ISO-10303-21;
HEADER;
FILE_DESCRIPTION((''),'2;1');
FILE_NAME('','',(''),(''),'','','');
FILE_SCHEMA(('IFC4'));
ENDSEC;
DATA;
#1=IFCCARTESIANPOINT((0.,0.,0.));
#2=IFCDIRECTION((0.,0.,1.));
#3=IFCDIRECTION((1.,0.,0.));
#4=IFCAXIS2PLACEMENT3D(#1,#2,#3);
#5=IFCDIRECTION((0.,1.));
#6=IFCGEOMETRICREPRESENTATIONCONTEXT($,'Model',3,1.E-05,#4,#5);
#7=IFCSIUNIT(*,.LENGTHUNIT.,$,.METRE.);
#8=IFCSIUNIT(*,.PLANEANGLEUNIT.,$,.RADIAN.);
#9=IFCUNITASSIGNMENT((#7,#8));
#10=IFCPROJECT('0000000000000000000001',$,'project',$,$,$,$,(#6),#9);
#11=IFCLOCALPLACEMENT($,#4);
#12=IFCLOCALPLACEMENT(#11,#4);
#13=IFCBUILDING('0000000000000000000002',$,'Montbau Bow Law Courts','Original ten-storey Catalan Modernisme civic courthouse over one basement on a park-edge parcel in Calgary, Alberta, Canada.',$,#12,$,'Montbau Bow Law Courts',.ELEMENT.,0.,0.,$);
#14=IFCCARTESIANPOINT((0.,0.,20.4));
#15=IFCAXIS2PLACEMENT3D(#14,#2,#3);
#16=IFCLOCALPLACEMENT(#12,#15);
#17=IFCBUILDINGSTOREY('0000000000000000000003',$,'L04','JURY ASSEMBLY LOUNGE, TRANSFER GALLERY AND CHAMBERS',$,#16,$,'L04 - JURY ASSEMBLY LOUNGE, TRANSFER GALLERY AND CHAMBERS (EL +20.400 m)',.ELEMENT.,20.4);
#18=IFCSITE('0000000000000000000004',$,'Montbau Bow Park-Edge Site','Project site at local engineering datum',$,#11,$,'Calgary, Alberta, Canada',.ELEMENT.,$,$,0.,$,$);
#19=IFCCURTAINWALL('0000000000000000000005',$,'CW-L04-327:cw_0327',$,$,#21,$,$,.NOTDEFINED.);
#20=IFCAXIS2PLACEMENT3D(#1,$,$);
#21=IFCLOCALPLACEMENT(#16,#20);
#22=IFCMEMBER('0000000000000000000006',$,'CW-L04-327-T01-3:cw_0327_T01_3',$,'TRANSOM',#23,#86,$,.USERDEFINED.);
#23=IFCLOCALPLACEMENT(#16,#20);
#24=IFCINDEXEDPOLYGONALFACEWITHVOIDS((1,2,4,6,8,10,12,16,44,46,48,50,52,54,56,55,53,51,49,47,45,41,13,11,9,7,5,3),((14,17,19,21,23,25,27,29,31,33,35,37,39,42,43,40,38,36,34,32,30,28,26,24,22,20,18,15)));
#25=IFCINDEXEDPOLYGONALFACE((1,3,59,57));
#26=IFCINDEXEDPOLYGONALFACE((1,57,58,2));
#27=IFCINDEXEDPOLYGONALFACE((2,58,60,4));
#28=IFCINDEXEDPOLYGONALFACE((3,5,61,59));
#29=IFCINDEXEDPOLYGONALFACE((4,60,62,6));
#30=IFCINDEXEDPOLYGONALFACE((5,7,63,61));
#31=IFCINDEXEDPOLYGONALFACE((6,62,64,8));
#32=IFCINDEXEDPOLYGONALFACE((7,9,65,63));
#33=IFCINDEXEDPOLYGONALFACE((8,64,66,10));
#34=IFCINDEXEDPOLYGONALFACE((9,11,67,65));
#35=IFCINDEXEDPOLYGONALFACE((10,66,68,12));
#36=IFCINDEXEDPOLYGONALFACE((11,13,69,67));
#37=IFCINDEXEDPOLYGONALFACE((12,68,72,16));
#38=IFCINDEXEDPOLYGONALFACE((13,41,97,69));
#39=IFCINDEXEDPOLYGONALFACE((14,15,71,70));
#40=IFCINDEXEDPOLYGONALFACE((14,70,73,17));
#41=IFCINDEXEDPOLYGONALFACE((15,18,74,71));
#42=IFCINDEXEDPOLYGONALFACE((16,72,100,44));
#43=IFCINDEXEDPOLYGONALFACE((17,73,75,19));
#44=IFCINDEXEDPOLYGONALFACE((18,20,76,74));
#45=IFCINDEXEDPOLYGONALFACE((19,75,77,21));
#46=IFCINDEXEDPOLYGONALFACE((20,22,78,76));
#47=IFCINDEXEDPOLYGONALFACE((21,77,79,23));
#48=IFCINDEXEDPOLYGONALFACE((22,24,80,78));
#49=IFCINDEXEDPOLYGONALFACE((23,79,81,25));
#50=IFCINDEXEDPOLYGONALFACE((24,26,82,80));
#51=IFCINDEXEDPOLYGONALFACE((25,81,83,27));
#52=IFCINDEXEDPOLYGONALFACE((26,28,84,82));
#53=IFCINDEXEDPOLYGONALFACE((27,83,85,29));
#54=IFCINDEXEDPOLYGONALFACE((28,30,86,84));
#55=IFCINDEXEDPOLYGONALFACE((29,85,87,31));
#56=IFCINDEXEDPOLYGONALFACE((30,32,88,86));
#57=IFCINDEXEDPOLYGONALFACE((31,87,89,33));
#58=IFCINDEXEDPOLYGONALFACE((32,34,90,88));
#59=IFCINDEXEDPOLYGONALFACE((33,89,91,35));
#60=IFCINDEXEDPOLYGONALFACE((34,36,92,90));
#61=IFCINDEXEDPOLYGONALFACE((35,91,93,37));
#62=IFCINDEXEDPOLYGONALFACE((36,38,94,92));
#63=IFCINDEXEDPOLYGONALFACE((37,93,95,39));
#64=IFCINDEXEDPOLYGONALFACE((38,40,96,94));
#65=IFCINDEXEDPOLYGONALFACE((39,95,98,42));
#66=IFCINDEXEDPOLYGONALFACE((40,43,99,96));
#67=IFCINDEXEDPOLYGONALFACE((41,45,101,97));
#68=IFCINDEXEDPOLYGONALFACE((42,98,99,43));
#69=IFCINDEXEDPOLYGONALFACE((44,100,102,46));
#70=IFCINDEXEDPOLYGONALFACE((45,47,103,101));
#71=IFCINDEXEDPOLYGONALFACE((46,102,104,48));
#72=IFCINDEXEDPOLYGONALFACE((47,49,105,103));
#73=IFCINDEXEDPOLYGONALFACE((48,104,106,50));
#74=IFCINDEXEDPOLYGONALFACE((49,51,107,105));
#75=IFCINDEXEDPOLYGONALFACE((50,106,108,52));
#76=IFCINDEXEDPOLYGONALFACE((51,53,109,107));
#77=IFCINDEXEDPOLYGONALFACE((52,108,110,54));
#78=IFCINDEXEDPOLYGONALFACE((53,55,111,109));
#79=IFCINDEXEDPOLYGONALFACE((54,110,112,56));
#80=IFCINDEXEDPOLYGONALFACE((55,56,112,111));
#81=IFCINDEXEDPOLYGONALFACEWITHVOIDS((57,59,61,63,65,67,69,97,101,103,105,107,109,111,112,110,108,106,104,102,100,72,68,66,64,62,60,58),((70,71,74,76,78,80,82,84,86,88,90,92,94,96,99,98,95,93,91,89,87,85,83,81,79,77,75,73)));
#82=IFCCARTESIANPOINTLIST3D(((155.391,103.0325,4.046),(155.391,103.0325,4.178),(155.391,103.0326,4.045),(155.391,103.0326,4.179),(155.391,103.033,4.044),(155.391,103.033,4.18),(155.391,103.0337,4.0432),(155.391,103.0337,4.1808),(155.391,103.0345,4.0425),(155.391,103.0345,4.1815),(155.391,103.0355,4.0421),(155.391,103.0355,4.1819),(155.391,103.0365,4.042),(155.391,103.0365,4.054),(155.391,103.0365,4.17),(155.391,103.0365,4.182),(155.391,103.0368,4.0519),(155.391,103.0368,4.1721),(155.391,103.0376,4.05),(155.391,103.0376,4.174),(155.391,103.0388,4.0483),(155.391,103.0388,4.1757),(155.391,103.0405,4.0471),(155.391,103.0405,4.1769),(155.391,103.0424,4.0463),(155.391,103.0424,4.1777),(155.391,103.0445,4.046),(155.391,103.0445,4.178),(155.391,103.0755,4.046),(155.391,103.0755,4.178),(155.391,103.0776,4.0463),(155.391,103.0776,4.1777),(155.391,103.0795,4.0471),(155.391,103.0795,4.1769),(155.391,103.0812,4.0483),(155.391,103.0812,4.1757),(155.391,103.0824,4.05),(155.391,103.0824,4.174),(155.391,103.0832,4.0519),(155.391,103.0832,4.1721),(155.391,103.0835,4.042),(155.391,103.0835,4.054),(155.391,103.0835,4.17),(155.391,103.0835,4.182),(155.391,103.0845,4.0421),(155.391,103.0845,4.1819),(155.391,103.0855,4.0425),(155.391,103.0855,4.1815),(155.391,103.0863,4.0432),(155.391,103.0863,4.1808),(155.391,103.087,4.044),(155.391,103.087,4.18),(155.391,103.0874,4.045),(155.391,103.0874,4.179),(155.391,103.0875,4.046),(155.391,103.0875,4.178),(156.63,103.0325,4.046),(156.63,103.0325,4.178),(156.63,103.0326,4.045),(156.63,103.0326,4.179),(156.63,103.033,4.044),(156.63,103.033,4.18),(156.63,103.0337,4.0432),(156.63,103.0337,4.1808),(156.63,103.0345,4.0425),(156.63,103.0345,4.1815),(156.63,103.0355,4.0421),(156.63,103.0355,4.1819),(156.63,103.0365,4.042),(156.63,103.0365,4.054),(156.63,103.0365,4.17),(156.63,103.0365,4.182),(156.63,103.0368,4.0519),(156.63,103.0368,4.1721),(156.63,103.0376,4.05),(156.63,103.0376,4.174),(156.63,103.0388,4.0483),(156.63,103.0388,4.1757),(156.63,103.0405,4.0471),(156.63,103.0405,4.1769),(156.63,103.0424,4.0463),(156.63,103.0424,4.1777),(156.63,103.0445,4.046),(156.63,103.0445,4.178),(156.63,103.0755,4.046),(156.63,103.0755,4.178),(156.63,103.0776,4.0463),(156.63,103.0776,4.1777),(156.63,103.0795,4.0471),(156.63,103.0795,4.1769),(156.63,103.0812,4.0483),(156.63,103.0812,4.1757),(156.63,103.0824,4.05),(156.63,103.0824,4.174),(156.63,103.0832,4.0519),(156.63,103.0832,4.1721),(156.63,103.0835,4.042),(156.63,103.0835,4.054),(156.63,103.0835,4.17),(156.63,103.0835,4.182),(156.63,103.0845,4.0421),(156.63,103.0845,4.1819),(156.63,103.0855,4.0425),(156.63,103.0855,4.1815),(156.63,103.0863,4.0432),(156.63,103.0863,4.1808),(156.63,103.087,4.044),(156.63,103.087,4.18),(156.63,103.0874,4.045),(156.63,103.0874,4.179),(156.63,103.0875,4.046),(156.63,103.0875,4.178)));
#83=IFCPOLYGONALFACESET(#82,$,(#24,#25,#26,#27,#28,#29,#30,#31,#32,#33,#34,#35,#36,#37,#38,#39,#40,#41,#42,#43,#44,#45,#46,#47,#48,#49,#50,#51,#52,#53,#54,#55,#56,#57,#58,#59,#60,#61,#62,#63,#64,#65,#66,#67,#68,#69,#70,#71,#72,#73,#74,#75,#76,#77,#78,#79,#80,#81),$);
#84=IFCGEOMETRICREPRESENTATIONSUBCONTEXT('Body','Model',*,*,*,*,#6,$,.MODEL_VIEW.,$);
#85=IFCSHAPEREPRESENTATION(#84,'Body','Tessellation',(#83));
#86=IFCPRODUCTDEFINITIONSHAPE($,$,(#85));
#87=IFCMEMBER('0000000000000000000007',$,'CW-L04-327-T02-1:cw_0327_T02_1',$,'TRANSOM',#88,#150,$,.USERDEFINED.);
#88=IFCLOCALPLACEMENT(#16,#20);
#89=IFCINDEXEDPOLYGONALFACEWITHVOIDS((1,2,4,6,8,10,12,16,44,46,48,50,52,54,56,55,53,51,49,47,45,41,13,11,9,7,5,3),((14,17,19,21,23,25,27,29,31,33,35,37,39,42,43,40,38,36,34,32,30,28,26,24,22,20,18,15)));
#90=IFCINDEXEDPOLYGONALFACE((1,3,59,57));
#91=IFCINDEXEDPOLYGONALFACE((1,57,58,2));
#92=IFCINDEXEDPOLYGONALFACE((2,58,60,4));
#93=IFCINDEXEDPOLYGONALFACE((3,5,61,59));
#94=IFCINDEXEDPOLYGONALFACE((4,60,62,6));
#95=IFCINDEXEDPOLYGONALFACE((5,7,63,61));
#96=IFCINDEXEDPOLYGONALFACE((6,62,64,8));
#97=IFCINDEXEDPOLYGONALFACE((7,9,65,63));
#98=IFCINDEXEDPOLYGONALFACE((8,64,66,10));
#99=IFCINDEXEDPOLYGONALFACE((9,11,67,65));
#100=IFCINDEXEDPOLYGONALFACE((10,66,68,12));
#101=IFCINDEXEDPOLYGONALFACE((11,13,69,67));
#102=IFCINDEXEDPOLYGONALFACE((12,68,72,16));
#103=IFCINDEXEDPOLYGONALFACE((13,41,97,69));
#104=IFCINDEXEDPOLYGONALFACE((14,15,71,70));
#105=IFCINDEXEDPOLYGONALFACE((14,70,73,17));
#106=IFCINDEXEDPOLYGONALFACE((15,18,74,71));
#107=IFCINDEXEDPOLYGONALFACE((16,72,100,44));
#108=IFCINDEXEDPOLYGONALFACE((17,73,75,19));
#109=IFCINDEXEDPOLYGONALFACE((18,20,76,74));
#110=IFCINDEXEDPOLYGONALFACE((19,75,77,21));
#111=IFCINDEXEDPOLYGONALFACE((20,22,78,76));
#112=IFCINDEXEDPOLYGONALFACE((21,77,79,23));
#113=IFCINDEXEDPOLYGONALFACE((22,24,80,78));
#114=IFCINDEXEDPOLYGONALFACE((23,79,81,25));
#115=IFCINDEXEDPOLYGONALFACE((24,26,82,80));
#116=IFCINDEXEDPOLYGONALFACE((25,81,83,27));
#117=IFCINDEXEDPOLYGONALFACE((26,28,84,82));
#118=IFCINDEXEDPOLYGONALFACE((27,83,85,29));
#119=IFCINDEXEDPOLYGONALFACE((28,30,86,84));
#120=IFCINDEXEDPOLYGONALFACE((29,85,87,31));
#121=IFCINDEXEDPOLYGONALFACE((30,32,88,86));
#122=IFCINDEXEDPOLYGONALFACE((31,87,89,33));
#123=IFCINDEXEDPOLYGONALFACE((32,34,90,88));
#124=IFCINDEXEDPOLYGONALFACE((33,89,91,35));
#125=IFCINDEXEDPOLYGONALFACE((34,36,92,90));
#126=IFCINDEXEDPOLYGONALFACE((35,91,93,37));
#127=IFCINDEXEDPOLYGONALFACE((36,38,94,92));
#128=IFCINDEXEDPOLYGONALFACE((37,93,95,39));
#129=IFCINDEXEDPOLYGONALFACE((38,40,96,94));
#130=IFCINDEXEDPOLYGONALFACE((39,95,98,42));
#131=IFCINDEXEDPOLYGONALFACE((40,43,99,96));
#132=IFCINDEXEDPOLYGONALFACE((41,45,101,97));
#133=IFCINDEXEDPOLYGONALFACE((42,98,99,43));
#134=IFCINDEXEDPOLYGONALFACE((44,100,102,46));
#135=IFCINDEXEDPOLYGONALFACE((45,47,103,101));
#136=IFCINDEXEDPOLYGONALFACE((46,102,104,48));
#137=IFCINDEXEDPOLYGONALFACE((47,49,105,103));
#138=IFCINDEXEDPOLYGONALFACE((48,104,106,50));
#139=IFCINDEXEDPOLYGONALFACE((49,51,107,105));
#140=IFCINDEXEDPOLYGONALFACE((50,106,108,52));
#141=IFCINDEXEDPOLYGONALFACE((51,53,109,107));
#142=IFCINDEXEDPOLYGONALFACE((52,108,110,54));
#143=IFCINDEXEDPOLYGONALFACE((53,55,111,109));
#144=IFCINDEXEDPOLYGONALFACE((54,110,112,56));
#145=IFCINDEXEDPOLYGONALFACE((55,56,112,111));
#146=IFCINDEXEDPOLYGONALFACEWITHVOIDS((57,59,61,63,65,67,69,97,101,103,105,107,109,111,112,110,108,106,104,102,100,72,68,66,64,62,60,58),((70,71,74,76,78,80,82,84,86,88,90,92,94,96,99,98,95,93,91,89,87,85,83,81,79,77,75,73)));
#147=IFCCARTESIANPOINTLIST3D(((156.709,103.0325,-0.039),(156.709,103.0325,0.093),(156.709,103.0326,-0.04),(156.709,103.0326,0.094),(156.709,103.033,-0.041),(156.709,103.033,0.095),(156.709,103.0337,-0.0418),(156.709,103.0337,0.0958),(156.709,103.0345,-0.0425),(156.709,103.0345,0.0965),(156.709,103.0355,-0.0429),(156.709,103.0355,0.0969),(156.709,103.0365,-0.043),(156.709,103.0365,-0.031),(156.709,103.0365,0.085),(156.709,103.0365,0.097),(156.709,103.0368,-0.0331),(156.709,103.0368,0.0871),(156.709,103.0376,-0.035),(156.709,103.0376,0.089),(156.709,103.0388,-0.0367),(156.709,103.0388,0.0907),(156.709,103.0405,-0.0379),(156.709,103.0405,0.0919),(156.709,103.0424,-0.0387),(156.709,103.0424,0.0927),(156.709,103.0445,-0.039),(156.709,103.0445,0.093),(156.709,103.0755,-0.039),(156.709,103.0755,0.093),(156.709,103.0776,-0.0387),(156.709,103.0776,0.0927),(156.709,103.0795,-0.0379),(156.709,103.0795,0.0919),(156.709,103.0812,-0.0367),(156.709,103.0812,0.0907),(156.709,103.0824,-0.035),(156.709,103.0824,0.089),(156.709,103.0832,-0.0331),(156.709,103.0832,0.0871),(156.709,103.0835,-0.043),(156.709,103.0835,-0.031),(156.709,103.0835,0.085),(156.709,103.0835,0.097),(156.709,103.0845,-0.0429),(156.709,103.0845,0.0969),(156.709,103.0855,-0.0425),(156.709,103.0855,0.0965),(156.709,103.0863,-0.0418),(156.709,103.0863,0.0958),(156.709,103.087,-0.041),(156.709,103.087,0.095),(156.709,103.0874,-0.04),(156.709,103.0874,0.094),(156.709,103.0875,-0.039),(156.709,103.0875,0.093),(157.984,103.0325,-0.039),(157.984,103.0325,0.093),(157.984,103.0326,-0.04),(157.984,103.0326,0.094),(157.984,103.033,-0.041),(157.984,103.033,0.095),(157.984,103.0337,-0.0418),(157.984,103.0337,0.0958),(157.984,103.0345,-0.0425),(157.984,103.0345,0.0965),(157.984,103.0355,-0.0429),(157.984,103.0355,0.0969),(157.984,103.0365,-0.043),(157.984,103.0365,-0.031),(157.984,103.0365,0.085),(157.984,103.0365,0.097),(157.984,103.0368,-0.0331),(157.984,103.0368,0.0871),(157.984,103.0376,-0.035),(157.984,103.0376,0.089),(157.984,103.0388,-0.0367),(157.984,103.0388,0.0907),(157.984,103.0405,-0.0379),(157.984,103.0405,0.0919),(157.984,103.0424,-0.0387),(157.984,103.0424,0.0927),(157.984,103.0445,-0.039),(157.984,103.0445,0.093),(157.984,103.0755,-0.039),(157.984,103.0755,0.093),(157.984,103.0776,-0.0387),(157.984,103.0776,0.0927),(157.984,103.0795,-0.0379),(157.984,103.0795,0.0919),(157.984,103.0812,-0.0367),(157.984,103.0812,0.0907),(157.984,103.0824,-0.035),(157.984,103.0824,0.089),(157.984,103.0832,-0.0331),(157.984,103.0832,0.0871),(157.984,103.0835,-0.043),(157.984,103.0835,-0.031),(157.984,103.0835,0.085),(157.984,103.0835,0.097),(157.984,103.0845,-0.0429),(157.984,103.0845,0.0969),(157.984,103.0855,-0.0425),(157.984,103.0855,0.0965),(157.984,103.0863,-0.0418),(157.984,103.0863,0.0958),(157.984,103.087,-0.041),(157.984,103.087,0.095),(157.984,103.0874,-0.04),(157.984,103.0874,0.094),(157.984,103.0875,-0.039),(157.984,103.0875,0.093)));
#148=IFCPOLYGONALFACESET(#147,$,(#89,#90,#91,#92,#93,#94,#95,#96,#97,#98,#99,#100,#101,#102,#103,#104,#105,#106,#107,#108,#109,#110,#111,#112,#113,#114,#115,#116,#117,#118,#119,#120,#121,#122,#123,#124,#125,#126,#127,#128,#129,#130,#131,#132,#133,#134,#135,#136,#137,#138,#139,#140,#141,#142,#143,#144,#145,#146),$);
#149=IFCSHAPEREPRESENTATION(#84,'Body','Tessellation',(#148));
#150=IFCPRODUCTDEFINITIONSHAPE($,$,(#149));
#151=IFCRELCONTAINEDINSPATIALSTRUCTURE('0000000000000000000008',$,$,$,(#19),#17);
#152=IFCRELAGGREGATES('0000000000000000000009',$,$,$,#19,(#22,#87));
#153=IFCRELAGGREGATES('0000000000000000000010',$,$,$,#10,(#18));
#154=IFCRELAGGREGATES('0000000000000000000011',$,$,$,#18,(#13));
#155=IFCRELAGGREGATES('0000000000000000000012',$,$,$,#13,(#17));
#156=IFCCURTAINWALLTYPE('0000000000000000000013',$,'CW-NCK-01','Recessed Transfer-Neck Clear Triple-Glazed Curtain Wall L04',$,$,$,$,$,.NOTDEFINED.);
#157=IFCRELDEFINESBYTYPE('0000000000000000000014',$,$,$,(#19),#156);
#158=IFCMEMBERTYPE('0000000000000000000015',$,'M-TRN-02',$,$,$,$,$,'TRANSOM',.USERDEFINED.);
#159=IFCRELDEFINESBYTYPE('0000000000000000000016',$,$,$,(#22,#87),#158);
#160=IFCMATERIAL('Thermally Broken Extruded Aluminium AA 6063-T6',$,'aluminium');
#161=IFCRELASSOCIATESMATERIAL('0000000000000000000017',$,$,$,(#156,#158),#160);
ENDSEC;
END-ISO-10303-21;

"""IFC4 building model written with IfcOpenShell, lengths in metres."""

from ifc_helpers import new_model, si_unit, direction, frame, origin_with_axes, origin_2d_with_axis, place, context, subcontext, project, spatial, hollow_rectangle, extrude, material, material_profile, profile_set, type_object, element, aggregate, save


model = new_model("IFC4")

# Units and contexts
model_context = context("Model", 3, precision=1e-05, world=origin_with_axes(), true_north=direction((0.0, 1.0)))
body_context = subcontext(model_context, "Body", "Model", "MODEL_VIEW")
ifc_project = project(units=[si_unit("LENGTHUNIT", "METRE"), si_unit("PLANEANGLEUNIT", "RADIAN")], contexts=[model_context])

# Site, building, storey
site_placement = place(None, origin_with_axes())
site = spatial("IfcSite", under=ifc_project, at=site_placement, Name="Montbau Bow Park-Edge Site", Description="Project site at local engineering datum", LongName="Calgary, Alberta, Canada", CompositionType="ELEMENT", RefElevation=0.0)
building_placement = place(site_placement, origin_with_axes())
building = spatial("IfcBuilding", under=site, at=building_placement, Name="Montbau Bow Law Courts", Description="Original ten-storey Catalan Modernisme civic courthouse over one basement on a park-edge parcel in Calgary, Alberta, Canada.", LongName="Montbau Bow Law Courts", CompositionType="ELEMENT", ElevationOfRefHeight=0.0, ElevationOfTerrain=0.0)
storey_placement = place(building_placement, frame((0.0, 0.0, 20.4), z_axis=(0.0, 0.0, 1.0), x_axis=(1.0, 0.0, 0.0)))
storey = spatial("IfcBuildingStorey", under=building, at=storey_placement, Name="L04", Description="JURY ASSEMBLY LOUNGE, TRANSFER GALLERY AND CHAMBERS", LongName="L04 - JURY ASSEMBLY LOUNGE, TRANSFER GALLERY AND CHAMBERS (EL +20.400 m)", CompositionType="ELEMENT", Elevation=20.4)

# Curtain wall
ifc_material_1 = material(Name="Thermally Broken Extruded Aluminium AA 6063-T6", Category="aluminium")
curtain_wall_type = type_object("IfcCurtainWallType", Name="CW-NCK-01", Description="Recessed Transfer-Neck Clear Triple-Glazed Curtain Wall L04", PredefinedType="NOTDEFINED", material=ifc_material_1)
curtain_wall_1_placement = place(None, frame((155.315, 103.06, 20.4), z_axis=(0.0, 0.0, 1.0), x_axis=(1.0, 0.0, 0.0)))
curtain_wall_1 = element("IfcCurtainWall", 1, at=curtain_wall_1_placement, inside=storey, type_object=curtain_wall_type, Name="CW-L04-327:cw_0327", PredefinedType="NOTDEFINED")

# Members
ifc_material_profile_1 = material_profile(ifc_material_1, hollow_rectangle(XDim=0.055, YDim=0.14, WallThickness=0.004, InnerFilletRadius=0.008, OuterFilletRadius=0.004, at=origin_2d_with_axis()), Name="CWT-140X55", Category="Main", Priority=0)
ifc_profile_set_1 = profile_set([ifc_material_profile_1], Name="Thermally Broken Extruded Aluminium AA 6063-T6")
member_type_1 = type_object("IfcMemberType", Name="M-TRN-02", ElementType="TRANSOM", PredefinedType="USERDEFINED", material=ifc_profile_set_1)
member_1_placement = place(None, frame((155.391, 103.06, 24.512), z_axis=(1.0, 0.0, 0.0), x_axis=(0.0, 1.0, 0.0)))
member_1 = element("IfcMember", 2, at=member_1_placement, type_object=member_type_1, Name="CW-L04-327-T01-3:cw_0327_T01_3", ObjectType="TRANSOM", PredefinedType="USERDEFINED", context=body_context, shape_type="SweptSolid", body=[
    extrude(hollow_rectangle(XDim=0.055, YDim=0.14, WallThickness=0.004, InnerFilletRadius=0.008, OuterFilletRadius=0.004, at=origin_2d_with_axis()), origin_with_axes(), (0.0, 0.0, 1.0), 1.239),
])
member_2_placement = place(None, frame((156.709, 103.06, 20.427), z_axis=(1.0, 0.0, 0.0), x_axis=(0.0, 1.0, 0.0)))
member_2 = element("IfcMember", 3, at=member_2_placement, type_object=member_type_1, Name="CW-L04-327-T02-1:cw_0327_T02_1", ObjectType="TRANSOM", PredefinedType="USERDEFINED", context=body_context, shape_type="SweptSolid", body=[
    extrude(hollow_rectangle(XDim=0.055, YDim=0.14, WallThickness=0.004, InnerFilletRadius=0.008, OuterFilletRadius=0.004, at=origin_2d_with_axis()), origin_with_axes(), (0.0, 0.0, 1.0), 1.275),
])

aggregate(curtain_wall_1, [member_1, member_2])

save(model, "model.ifc")
